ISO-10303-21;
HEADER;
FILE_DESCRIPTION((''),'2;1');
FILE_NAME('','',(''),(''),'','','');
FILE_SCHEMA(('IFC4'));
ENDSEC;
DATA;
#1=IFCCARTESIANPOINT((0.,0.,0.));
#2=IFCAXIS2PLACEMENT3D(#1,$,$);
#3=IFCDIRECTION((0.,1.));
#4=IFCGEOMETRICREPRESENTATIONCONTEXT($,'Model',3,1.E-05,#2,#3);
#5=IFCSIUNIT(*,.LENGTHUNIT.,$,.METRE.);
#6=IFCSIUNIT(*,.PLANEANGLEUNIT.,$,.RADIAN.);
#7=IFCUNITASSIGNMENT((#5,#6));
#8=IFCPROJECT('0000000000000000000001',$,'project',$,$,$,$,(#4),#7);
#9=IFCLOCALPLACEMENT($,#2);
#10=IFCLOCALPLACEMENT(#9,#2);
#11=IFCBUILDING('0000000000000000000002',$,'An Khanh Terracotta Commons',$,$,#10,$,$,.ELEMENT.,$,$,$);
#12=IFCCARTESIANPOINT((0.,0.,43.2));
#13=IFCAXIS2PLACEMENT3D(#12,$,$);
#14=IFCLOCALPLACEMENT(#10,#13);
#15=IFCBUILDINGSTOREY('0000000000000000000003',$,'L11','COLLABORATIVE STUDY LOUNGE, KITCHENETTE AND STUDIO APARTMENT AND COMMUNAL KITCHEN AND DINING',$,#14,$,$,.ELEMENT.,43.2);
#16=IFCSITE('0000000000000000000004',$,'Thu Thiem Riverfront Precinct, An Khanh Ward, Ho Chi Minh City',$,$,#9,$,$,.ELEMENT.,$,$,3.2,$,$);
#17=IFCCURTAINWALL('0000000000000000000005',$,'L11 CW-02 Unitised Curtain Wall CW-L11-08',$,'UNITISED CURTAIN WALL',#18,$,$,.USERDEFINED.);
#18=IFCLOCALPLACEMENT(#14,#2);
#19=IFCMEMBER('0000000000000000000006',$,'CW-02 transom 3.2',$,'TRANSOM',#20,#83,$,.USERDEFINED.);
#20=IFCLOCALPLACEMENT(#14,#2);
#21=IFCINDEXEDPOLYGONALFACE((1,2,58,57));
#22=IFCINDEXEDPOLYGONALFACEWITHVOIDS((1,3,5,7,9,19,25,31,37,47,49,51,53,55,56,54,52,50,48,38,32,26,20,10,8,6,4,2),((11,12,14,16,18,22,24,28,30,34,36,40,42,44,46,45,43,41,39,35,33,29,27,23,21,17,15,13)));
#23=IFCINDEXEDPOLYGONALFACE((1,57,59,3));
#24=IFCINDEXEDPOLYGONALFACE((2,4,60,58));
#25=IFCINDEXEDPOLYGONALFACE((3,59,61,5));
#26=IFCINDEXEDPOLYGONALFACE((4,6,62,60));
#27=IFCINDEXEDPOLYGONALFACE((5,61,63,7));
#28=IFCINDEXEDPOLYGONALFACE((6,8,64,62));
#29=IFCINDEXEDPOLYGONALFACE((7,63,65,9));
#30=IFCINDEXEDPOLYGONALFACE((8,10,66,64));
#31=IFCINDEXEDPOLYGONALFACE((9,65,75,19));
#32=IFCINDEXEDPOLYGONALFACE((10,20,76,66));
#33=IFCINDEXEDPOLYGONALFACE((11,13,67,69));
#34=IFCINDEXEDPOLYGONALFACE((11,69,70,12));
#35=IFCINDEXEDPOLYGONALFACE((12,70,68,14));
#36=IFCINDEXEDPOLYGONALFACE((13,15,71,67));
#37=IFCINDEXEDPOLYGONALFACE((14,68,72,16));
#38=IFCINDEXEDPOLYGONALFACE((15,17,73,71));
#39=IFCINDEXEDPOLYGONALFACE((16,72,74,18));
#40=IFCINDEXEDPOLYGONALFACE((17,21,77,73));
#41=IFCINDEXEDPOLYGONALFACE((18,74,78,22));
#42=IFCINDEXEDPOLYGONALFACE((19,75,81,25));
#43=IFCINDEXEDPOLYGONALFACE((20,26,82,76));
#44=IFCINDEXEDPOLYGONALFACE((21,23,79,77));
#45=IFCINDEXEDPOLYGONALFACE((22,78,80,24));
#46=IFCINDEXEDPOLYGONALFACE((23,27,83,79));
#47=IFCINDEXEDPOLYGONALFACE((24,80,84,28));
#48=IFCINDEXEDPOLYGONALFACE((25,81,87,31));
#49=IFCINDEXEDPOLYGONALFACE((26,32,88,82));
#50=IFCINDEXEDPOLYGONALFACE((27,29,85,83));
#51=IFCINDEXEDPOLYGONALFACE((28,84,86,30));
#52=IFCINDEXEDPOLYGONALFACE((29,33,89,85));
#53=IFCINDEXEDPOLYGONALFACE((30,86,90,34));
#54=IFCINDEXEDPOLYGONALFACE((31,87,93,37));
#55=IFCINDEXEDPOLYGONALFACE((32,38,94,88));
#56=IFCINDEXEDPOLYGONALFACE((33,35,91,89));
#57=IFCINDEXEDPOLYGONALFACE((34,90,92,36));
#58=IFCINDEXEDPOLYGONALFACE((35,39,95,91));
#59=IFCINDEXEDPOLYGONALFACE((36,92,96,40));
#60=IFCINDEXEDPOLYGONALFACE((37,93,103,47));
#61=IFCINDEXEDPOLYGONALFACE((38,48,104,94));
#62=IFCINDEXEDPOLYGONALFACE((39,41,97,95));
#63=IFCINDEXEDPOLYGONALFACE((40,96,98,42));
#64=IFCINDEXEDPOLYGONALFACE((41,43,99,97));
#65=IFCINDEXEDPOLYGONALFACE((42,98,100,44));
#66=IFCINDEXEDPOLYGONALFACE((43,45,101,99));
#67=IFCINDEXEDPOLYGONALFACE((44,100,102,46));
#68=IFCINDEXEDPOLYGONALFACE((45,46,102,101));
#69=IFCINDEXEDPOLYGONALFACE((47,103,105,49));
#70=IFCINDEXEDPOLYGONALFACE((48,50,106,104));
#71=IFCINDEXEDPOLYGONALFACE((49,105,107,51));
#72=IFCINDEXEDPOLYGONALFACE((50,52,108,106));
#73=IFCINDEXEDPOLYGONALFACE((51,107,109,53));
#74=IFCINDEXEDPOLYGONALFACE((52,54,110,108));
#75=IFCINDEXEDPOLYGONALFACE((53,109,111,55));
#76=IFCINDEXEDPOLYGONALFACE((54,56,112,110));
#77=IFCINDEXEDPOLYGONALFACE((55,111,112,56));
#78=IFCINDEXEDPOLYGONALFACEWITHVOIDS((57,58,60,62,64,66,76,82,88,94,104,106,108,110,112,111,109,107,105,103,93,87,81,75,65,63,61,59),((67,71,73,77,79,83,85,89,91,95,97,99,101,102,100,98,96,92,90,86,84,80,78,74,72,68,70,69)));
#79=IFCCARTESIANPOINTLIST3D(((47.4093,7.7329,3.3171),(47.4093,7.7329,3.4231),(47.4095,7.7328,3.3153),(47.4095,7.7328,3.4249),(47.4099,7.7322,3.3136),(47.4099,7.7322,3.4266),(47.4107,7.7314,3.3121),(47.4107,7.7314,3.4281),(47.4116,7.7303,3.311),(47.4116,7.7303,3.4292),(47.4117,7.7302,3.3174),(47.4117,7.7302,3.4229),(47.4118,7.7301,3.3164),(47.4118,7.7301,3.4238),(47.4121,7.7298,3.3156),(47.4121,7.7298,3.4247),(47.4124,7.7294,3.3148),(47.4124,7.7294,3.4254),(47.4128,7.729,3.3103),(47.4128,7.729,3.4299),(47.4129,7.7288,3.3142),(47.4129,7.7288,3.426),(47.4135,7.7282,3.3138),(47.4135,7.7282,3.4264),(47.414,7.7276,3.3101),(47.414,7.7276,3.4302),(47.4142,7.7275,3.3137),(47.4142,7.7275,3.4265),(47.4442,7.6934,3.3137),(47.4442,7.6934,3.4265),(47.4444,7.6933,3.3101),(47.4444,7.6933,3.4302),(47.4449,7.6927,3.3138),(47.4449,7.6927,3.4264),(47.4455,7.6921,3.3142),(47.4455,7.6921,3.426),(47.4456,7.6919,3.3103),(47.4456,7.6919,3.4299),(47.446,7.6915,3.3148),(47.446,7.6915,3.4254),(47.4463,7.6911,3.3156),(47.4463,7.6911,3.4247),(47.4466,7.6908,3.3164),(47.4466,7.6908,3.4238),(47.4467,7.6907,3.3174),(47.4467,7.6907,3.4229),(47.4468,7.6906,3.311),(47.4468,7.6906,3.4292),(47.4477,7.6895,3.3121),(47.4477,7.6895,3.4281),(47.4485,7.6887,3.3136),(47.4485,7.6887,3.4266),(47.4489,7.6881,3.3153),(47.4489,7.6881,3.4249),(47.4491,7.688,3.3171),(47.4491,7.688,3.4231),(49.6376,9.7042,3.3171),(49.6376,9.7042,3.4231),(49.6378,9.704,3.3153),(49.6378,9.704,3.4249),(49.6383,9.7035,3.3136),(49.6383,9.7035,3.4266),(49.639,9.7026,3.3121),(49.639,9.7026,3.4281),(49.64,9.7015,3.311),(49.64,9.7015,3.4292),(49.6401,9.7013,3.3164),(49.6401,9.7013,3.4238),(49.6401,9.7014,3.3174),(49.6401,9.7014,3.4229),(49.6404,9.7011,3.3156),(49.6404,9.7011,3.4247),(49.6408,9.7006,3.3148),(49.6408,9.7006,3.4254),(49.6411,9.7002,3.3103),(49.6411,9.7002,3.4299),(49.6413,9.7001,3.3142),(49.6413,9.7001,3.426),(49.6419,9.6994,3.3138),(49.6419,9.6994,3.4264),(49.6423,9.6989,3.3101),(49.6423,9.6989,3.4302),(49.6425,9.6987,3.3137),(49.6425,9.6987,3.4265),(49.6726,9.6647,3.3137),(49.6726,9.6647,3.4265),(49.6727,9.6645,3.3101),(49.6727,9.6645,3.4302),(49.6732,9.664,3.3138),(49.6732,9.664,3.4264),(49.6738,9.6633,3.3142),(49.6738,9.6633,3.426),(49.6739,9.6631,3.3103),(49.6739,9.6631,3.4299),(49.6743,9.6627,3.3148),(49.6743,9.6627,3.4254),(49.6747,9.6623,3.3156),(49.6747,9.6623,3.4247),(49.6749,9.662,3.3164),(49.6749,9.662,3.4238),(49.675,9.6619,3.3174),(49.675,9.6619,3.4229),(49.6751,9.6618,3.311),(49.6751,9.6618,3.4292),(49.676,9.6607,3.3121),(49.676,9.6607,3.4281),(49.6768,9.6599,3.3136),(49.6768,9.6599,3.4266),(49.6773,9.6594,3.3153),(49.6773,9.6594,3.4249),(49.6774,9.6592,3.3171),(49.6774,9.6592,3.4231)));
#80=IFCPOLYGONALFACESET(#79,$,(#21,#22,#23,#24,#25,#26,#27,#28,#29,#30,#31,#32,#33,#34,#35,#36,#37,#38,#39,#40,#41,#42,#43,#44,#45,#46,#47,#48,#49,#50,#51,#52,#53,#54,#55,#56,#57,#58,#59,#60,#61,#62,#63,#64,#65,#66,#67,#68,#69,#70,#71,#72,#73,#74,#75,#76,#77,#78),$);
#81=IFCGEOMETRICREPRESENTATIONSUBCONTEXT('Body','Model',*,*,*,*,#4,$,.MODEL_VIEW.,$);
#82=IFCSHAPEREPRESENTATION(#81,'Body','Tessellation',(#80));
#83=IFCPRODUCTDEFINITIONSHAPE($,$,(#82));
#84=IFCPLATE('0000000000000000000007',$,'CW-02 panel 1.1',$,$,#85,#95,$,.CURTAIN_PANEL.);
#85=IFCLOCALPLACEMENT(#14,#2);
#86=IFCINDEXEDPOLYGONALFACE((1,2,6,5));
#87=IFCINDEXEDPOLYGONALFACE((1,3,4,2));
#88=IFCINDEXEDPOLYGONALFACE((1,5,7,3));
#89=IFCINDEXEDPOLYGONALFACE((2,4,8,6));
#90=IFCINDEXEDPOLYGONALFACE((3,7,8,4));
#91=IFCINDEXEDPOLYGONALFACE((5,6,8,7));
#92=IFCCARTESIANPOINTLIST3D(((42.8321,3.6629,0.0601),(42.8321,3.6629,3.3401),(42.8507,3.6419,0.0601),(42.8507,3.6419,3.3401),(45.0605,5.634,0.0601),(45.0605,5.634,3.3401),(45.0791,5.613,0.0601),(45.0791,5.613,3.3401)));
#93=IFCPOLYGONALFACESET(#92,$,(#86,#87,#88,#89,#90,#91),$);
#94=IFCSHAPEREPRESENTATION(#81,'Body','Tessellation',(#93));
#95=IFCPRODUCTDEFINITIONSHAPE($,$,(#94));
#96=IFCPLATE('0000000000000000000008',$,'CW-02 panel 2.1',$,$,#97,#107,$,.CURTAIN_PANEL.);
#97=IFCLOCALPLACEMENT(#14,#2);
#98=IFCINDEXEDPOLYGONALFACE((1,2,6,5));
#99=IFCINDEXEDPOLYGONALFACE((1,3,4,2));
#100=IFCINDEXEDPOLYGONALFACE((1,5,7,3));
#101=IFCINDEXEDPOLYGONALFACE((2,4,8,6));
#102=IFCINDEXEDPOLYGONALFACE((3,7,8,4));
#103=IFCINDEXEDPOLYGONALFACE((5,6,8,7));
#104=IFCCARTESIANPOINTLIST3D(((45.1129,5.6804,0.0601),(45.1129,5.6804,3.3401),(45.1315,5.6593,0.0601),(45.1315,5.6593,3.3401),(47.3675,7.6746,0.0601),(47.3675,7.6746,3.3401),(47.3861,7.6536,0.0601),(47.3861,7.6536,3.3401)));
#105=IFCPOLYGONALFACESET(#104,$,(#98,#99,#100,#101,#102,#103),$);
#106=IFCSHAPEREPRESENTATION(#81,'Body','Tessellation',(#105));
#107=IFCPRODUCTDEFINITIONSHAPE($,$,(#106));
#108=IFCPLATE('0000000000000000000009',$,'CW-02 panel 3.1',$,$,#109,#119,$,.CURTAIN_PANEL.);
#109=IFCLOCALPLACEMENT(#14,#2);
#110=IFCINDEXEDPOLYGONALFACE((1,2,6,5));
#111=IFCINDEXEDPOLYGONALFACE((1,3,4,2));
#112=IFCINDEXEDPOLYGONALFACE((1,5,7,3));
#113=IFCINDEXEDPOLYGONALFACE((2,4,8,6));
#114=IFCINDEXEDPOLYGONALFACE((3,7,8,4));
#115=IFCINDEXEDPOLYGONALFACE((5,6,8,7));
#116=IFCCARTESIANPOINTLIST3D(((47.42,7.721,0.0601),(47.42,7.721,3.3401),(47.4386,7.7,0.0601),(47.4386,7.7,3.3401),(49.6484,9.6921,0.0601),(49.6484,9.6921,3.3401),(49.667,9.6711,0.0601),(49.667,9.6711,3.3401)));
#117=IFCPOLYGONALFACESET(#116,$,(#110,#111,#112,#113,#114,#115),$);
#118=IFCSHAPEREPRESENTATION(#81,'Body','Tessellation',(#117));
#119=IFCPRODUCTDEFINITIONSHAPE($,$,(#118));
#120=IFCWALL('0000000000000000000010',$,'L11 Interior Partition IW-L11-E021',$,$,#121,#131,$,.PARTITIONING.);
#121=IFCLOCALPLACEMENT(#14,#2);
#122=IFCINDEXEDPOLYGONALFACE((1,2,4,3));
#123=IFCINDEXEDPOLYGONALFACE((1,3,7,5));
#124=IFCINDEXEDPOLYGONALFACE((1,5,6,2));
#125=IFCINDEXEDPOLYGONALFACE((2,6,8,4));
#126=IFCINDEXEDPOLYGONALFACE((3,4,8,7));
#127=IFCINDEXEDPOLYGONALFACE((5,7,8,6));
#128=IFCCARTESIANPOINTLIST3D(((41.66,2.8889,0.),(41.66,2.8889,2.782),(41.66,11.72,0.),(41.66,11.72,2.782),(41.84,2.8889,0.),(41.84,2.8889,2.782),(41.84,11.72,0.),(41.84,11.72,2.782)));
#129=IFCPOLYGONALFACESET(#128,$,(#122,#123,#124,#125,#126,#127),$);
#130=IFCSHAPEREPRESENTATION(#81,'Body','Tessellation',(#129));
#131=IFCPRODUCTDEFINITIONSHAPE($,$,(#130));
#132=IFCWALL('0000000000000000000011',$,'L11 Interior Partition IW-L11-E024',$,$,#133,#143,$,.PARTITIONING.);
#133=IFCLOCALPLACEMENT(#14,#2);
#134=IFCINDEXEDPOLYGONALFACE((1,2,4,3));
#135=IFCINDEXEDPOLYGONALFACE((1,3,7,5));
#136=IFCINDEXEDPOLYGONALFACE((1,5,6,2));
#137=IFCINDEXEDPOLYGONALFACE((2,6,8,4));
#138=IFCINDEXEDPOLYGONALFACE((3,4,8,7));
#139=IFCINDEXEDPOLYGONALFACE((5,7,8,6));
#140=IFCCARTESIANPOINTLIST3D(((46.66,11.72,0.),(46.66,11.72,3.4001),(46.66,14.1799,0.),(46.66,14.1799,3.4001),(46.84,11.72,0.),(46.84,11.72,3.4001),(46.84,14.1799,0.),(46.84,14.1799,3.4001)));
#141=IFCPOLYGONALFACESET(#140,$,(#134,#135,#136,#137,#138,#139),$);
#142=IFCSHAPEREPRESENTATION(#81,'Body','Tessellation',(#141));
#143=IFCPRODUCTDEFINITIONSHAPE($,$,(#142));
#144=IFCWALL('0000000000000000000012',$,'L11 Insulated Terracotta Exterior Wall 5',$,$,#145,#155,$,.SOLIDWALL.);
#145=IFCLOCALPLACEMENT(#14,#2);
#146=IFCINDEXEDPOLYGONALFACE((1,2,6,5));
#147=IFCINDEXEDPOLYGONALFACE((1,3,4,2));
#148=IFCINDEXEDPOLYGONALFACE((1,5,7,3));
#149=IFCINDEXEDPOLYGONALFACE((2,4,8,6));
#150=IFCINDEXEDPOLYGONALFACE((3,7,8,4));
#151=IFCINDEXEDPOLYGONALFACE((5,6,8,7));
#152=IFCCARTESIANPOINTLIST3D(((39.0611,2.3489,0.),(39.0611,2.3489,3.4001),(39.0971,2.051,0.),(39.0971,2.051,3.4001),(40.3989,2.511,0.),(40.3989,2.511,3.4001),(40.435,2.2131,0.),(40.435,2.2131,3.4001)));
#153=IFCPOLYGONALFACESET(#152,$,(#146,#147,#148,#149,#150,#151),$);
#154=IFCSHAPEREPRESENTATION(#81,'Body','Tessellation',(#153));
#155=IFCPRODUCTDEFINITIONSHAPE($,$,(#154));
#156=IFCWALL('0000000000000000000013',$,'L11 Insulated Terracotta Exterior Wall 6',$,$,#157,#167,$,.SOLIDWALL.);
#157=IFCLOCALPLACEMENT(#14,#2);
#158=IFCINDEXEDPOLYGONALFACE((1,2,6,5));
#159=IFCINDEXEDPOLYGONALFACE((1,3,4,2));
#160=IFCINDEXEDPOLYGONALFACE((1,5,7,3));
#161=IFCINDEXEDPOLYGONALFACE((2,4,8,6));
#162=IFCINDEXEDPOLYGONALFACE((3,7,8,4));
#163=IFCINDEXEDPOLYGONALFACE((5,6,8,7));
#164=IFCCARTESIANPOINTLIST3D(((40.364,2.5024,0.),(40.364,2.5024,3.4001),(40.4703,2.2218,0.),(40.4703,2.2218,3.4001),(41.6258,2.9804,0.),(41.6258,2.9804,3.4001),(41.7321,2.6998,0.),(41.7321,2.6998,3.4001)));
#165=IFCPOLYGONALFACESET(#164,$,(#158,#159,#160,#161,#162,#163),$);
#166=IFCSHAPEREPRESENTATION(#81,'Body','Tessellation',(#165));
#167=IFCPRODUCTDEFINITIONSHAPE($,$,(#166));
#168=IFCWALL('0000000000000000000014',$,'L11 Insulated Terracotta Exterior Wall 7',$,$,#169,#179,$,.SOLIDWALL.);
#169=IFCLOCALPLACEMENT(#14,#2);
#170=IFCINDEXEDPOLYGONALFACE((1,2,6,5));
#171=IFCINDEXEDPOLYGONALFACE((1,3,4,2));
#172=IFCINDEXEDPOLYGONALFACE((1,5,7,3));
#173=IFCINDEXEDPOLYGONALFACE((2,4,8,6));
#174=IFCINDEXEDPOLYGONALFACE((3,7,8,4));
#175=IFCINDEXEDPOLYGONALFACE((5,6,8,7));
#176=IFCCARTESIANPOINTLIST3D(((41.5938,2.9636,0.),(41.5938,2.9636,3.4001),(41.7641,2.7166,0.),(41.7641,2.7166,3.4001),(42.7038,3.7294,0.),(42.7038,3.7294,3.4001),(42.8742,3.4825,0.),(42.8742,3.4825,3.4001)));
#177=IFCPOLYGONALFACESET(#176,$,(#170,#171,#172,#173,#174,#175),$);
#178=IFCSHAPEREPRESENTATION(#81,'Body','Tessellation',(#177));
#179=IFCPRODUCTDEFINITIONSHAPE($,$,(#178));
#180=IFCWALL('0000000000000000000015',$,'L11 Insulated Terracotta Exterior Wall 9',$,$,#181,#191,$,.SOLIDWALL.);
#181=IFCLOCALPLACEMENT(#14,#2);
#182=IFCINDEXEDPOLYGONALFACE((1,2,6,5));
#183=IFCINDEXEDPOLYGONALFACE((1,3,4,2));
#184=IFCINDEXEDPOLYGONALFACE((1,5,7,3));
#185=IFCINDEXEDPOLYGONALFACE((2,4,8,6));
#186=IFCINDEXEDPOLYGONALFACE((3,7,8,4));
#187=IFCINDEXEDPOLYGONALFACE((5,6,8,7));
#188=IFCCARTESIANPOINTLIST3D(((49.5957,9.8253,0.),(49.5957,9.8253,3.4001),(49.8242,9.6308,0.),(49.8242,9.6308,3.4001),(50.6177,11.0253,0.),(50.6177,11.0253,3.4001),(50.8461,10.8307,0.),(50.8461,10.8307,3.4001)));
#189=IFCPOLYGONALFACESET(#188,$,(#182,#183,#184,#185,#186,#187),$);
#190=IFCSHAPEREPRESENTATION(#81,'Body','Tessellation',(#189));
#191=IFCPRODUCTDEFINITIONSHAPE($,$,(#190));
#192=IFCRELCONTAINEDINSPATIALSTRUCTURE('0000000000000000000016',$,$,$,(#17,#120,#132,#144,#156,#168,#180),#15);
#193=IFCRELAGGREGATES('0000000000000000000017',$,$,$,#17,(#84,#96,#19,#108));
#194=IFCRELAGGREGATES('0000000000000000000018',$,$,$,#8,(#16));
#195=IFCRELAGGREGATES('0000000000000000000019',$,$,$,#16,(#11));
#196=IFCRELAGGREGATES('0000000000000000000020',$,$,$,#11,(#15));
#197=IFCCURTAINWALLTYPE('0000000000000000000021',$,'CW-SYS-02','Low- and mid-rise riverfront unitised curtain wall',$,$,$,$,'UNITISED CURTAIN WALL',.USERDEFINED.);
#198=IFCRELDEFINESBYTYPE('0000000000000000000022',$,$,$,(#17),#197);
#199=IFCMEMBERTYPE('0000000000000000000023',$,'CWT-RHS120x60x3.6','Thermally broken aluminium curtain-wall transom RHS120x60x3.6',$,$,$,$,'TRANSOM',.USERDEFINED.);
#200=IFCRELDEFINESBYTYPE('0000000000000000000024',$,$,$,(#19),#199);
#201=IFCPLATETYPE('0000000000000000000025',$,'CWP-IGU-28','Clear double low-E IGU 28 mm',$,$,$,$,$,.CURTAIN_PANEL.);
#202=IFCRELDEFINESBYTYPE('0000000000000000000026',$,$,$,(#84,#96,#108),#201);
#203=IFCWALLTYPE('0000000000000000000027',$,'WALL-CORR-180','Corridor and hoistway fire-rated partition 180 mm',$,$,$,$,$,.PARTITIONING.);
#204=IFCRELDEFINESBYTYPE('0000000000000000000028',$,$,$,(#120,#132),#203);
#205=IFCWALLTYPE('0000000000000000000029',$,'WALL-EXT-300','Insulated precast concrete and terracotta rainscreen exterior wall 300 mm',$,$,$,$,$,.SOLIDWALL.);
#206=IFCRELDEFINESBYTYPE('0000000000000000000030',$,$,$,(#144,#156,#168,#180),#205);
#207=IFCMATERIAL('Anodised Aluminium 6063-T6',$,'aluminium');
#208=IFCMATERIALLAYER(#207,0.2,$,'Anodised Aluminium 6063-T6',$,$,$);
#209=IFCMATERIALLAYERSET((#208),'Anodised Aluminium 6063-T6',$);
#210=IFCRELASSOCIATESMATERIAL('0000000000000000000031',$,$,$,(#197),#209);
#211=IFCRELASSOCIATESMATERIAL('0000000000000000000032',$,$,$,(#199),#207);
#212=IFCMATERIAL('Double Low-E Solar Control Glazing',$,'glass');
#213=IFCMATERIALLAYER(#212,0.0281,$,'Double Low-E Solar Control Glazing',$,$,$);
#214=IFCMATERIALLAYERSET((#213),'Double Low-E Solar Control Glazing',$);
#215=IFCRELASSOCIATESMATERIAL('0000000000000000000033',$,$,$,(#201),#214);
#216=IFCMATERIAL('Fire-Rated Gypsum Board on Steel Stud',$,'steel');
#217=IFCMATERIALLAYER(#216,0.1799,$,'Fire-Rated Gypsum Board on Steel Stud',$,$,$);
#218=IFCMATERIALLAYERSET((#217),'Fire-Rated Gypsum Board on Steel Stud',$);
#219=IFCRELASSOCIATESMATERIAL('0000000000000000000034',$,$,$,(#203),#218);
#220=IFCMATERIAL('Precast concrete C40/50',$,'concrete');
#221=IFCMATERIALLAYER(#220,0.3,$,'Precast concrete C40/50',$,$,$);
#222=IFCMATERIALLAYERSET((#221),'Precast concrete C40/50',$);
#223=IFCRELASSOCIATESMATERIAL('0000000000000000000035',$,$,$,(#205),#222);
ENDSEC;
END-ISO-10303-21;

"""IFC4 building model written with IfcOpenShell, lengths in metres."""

from ifc_helpers import new_model, si_unit, direction, frame, frame_2d, origin, origin_2d, place, context, subcontext, project, spatial, rectangle, hollow_rectangle, extrude, material, layer, layer_set, material_profile, profile_set, type_object, element, aggregate, save


model = new_model("IFC4")

# Units and contexts
model_context = context("Model", 3, precision=1e-05, world=origin(), true_north=direction((0.0, 1.0)))
body_context = subcontext(model_context, "Body", "Model", "MODEL_VIEW")
ifc_project = project(units=[si_unit("LENGTHUNIT", "METRE"), si_unit("PLANEANGLEUNIT", "RADIAN")], contexts=[model_context])

# Site, building, storey
site_placement = place(None, origin())
site = spatial("IfcSite", under=ifc_project, at=site_placement, Name="Thu Thiem Riverfront Precinct, An Khanh Ward, Ho Chi Minh City", CompositionType="ELEMENT", RefElevation=3.2)
building_placement = place(site_placement, origin())
building = spatial("IfcBuilding", under=site, at=building_placement, Name="An Khanh Terracotta Commons", CompositionType="ELEMENT")
storey_placement = place(building_placement, frame((0.0, 0.0, 43.2)))
storey = spatial("IfcBuildingStorey", under=building, at=storey_placement, Name="L11", Description="COLLABORATIVE STUDY LOUNGE, KITCHENETTE AND STUDIO APARTMENT AND COMMUNAL KITCHEN AND DINING", CompositionType="ELEMENT", Elevation=43.2)

# Curtain wall
ifc_material_1 = material(Name="Anodised Aluminium 6063-T6", Category="aluminium")
ifc_layer_1 = layer(ifc_material_1, 0.2, Name="Anodised Aluminium 6063-T6")
ifc_layer_set_1 = layer_set([ifc_layer_1], Name="Anodised Aluminium 6063-T6")
curtain_wall_type = type_object("IfcCurtainWallType", Name="CW-SYS-02", Description="Low- and mid-rise riverfront unitised curtain wall", ElementType="UNITISED CURTAIN WALL", PredefinedType="USERDEFINED", material=ifc_layer_set_1)
curtain_wall_1_placement = place(storey_placement, origin())
curtain_wall_1 = element("IfcCurtainWall", 1, at=curtain_wall_1_placement, inside=storey, type_object=curtain_wall_type, Name="L11 CW-02 Unitised Curtain Wall CW-L11-08", ObjectType="UNITISED CURTAIN WALL", PredefinedType="USERDEFINED")

# Member
ifc_material_profile_1 = material_profile(ifc_material_1, hollow_rectangle(XDim=0.0601, YDim=0.1201, WallThickness=0.0037, InnerFilletRadius=0.0037, OuterFilletRadius=0.0071, at=origin_2d()), Name="RHS120x60x3.6")
ifc_profile_set_1 = profile_set([ifc_material_profile_1], Name="Anodised Aluminium 6063-T6")
member_type_1 = type_object("IfcMemberType", Name="CWT-RHS120x60x3.6", Description="Thermally broken aluminium curtain-wall transom RHS120x60x3.6", ElementType="TRANSOM", PredefinedType="USERDEFINED", material=ifc_profile_set_1)
member_1_placement = place(storey_placement, frame((47.4292, 7.7104, 3.3701), z_axis=(0.748992, 0.662579, 0.0), x_axis=(-0.662579, 0.748992, 0.0)))
member_1 = element("IfcMember", 2, at=member_1_placement, type_object=member_type_1, Name="CW-02 transom 3.2", ObjectType="TRANSOM", PredefinedType="USERDEFINED", context=body_context, shape_type="SweptSolid", body=[
    extrude(hollow_rectangle(XDim=0.0601, YDim=0.1201, WallThickness=0.0037, InnerFilletRadius=0.0037, OuterFilletRadius=0.0071, at=origin_2d()), origin(), (0.0, 0.0, 1.0), 2.9751),
])

# Plates
ifc_material_2 = material(Name="Double Low-E Solar Control Glazing", Category="glass")
ifc_layer_2 = layer(ifc_material_2, 0.0281, Name="Double Low-E Solar Control Glazing")
ifc_layer_set_2 = layer_set([ifc_layer_2], Name="Double Low-E Solar Control Glazing")
plate_type = type_object("IfcPlateType", Name="CWP-IGU-28", Description="Clear double low-E IGU 28 mm", PredefinedType="CURTAIN_PANEL", material=ifc_layer_set_2)
plate_1_placement = place(storey_placement, frame((43.9556, 4.6379, 0.0601), z_axis=(0.0, 0.0, 1.0), x_axis=(0.749019, 0.662548, 0.0)))
plate_1 = element("IfcPlate", 3, at=plate_1_placement, type_object=plate_type, Name="CW-02 panel 1.1", PredefinedType="CURTAIN_PANEL", context=body_context, shape_type="SweptSolid", body=[
    extrude(rectangle(XDim=2.9751, YDim=0.0281, at=origin_2d()), origin(), (0.0, 0.0, 1.0), 3.28),
])
plate_2_placement = place(storey_placement, frame((46.2495, 6.667, 0.0601), z_axis=(0.0, 0.0, 1.0), x_axis=(0.749019, 0.662548, 0.0)))
plate_2 = element("IfcPlate", 4, at=plate_2_placement, type_object=plate_type, Name="CW-02 panel 2.1", PredefinedType="CURTAIN_PANEL", context=body_context, shape_type="SweptSolid", body=[
    extrude(rectangle(XDim=3.01, YDim=0.0281, at=origin_2d()), origin(), (0.0, 0.0, 1.0), 3.28),
])
plate_3_placement = place(storey_placement, frame((48.5435, 8.696, 0.0601), z_axis=(0.0, 0.0, 1.0), x_axis=(0.749019, 0.662548, 0.0)))
plate_3 = element("IfcPlate", 5, at=plate_3_placement, type_object=plate_type, Name="CW-02 panel 3.1", PredefinedType="CURTAIN_PANEL", context=body_context, shape_type="SweptSolid", body=[
    extrude(rectangle(XDim=2.9751, YDim=0.0281, at=origin_2d()), origin(), (0.0, 0.0, 1.0), 3.28),
])
aggregate(curtain_wall_1, [plate_1, plate_2, member_1, plate_3])

# Walls
ifc_material_3 = material(Name="Fire-Rated Gypsum Board on Steel Stud", Category="steel")
ifc_layer_3 = layer(ifc_material_3, 0.1799, Name="Fire-Rated Gypsum Board on Steel Stud")
ifc_layer_set_3 = layer_set([ifc_layer_3], Name="Fire-Rated Gypsum Board on Steel Stud")
wall_type_1 = type_object("IfcWallType", Name="WALL-CORR-180", Description="Corridor and hoistway fire-rated partition 180 mm", PredefinedType="PARTITIONING", material=ifc_layer_set_3)
wall_1_placement = place(storey_placement, frame((41.75, 2.8889, 0.0), z_axis=(0.0, 0.0, 1.0), x_axis=(0.0, 1.0, 0.0)))
element("IfcWall", 6, at=wall_1_placement, inside=storey, type_object=wall_type_1, Name="L11 Interior Partition IW-L11-E021", PredefinedType="PARTITIONING", context=body_context, shape_type="SweptSolid", body=[
    extrude(rectangle(XDim=8.8311, YDim=0.1799, at=frame_2d((4.4155, 0.0))), origin(), (0.0, 0.0, 1.0), 2.782),
])
wall_2_placement = place(storey_placement, frame((46.75, 11.72, 0.0), z_axis=(0.0, 0.0, 1.0), x_axis=(0.0, 1.0, 0.0)))
element("IfcWall", 7, at=wall_2_placement, inside=storey, type_object=wall_type_1, Name="L11 Interior Partition IW-L11-E024", PredefinedType="PARTITIONING", context=body_context, shape_type="SweptSolid", body=[
    extrude(rectangle(XDim=2.46, YDim=0.1799, at=frame_2d((1.23, 0.0))), origin(), (0.0, 0.0, 1.0), 3.4001),
])
ifc_material_4 = material(Name="Precast concrete C40/50", Category="concrete")
ifc_layer_4 = layer(ifc_material_4, 0.3, Name="Precast concrete C40/50")
ifc_layer_set_4 = layer_set([ifc_layer_4], Name="Precast concrete C40/50")
wall_type_2 = type_object("IfcWallType", Name="WALL-EXT-300", Description="Insulated precast concrete and terracotta rainscreen exterior wall 300 mm", PredefinedType="SOLIDWALL", material=ifc_layer_set_4)
wall_3_placement = place(storey_placement, frame((39.0791, 2.2, 0.0), z_axis=(0.0, 0.0, 1.0), x_axis=(0.992739, 0.120288, 0.0)))
element("IfcWall", 8, at=wall_3_placement, inside=storey, type_object=wall_type_2, Name="L11 Insulated Terracotta Exterior Wall 5", PredefinedType="SOLIDWALL", context=body_context, shape_type="SweptSolid", body=[
    extrude(rectangle(XDim=1.3477, YDim=0.3, at=frame_2d((0.6738, 0.0))), origin(), (0.0, 0.0, 1.0), 3.4001),
])
wall_4_placement = place(storey_placement, frame((40.417, 2.3621, 0.0), z_axis=(0.0, 0.0, 1.0), x_axis=(0.935157, 0.354234, 0.0)))
element("IfcWall", 9, at=wall_4_placement, inside=storey, type_object=wall_type_2, Name="L11 Insulated Terracotta Exterior Wall 6", PredefinedType="SOLIDWALL", context=body_context, shape_type="SweptSolid", body=[
    extrude(rectangle(XDim=1.3494, YDim=0.3, at=frame_2d((0.6748, 0.0))), origin(), (0.0, 0.0, 1.0), 3.4001),
])
wall_5_placement = place(storey_placement, frame((41.679, 2.8401, 0.0), z_axis=(0.0, 0.0, 1.0), x_axis=(0.823117, 0.567873, 0.0)))
element("IfcWall", 10, at=wall_5_placement, inside=storey, type_object=wall_type_2, Name="L11 Insulated Terracotta Exterior Wall 7", PredefinedType="SOLIDWALL", context=body_context, shape_type="SweptSolid", body=[
    extrude(rectangle(XDim=1.3486, YDim=0.3, at=frame_2d((0.6743, 0.0))), origin(), (0.0, 0.0, 1.0), 3.4001),
])
wall_6_placement = place(storey_placement, frame((49.71, 9.728, 0.0), z_axis=(0.0, 0.0, 1.0), x_axis=(0.64839, 0.761308, 0.0)))
element("IfcWall", 11, at=wall_6_placement, inside=storey, type_object=wall_type_2, Name="L11 Insulated Terracotta Exterior Wall 9", PredefinedType="SOLIDWALL", context=body_context, shape_type="SweptSolid", body=[
    extrude(rectangle(XDim=1.5762, YDim=0.3, at=frame_2d((0.7881, 0.0))), origin(), (0.0, 0.0, 1.0), 3.4001),
])

save(model, "model.ifc")
